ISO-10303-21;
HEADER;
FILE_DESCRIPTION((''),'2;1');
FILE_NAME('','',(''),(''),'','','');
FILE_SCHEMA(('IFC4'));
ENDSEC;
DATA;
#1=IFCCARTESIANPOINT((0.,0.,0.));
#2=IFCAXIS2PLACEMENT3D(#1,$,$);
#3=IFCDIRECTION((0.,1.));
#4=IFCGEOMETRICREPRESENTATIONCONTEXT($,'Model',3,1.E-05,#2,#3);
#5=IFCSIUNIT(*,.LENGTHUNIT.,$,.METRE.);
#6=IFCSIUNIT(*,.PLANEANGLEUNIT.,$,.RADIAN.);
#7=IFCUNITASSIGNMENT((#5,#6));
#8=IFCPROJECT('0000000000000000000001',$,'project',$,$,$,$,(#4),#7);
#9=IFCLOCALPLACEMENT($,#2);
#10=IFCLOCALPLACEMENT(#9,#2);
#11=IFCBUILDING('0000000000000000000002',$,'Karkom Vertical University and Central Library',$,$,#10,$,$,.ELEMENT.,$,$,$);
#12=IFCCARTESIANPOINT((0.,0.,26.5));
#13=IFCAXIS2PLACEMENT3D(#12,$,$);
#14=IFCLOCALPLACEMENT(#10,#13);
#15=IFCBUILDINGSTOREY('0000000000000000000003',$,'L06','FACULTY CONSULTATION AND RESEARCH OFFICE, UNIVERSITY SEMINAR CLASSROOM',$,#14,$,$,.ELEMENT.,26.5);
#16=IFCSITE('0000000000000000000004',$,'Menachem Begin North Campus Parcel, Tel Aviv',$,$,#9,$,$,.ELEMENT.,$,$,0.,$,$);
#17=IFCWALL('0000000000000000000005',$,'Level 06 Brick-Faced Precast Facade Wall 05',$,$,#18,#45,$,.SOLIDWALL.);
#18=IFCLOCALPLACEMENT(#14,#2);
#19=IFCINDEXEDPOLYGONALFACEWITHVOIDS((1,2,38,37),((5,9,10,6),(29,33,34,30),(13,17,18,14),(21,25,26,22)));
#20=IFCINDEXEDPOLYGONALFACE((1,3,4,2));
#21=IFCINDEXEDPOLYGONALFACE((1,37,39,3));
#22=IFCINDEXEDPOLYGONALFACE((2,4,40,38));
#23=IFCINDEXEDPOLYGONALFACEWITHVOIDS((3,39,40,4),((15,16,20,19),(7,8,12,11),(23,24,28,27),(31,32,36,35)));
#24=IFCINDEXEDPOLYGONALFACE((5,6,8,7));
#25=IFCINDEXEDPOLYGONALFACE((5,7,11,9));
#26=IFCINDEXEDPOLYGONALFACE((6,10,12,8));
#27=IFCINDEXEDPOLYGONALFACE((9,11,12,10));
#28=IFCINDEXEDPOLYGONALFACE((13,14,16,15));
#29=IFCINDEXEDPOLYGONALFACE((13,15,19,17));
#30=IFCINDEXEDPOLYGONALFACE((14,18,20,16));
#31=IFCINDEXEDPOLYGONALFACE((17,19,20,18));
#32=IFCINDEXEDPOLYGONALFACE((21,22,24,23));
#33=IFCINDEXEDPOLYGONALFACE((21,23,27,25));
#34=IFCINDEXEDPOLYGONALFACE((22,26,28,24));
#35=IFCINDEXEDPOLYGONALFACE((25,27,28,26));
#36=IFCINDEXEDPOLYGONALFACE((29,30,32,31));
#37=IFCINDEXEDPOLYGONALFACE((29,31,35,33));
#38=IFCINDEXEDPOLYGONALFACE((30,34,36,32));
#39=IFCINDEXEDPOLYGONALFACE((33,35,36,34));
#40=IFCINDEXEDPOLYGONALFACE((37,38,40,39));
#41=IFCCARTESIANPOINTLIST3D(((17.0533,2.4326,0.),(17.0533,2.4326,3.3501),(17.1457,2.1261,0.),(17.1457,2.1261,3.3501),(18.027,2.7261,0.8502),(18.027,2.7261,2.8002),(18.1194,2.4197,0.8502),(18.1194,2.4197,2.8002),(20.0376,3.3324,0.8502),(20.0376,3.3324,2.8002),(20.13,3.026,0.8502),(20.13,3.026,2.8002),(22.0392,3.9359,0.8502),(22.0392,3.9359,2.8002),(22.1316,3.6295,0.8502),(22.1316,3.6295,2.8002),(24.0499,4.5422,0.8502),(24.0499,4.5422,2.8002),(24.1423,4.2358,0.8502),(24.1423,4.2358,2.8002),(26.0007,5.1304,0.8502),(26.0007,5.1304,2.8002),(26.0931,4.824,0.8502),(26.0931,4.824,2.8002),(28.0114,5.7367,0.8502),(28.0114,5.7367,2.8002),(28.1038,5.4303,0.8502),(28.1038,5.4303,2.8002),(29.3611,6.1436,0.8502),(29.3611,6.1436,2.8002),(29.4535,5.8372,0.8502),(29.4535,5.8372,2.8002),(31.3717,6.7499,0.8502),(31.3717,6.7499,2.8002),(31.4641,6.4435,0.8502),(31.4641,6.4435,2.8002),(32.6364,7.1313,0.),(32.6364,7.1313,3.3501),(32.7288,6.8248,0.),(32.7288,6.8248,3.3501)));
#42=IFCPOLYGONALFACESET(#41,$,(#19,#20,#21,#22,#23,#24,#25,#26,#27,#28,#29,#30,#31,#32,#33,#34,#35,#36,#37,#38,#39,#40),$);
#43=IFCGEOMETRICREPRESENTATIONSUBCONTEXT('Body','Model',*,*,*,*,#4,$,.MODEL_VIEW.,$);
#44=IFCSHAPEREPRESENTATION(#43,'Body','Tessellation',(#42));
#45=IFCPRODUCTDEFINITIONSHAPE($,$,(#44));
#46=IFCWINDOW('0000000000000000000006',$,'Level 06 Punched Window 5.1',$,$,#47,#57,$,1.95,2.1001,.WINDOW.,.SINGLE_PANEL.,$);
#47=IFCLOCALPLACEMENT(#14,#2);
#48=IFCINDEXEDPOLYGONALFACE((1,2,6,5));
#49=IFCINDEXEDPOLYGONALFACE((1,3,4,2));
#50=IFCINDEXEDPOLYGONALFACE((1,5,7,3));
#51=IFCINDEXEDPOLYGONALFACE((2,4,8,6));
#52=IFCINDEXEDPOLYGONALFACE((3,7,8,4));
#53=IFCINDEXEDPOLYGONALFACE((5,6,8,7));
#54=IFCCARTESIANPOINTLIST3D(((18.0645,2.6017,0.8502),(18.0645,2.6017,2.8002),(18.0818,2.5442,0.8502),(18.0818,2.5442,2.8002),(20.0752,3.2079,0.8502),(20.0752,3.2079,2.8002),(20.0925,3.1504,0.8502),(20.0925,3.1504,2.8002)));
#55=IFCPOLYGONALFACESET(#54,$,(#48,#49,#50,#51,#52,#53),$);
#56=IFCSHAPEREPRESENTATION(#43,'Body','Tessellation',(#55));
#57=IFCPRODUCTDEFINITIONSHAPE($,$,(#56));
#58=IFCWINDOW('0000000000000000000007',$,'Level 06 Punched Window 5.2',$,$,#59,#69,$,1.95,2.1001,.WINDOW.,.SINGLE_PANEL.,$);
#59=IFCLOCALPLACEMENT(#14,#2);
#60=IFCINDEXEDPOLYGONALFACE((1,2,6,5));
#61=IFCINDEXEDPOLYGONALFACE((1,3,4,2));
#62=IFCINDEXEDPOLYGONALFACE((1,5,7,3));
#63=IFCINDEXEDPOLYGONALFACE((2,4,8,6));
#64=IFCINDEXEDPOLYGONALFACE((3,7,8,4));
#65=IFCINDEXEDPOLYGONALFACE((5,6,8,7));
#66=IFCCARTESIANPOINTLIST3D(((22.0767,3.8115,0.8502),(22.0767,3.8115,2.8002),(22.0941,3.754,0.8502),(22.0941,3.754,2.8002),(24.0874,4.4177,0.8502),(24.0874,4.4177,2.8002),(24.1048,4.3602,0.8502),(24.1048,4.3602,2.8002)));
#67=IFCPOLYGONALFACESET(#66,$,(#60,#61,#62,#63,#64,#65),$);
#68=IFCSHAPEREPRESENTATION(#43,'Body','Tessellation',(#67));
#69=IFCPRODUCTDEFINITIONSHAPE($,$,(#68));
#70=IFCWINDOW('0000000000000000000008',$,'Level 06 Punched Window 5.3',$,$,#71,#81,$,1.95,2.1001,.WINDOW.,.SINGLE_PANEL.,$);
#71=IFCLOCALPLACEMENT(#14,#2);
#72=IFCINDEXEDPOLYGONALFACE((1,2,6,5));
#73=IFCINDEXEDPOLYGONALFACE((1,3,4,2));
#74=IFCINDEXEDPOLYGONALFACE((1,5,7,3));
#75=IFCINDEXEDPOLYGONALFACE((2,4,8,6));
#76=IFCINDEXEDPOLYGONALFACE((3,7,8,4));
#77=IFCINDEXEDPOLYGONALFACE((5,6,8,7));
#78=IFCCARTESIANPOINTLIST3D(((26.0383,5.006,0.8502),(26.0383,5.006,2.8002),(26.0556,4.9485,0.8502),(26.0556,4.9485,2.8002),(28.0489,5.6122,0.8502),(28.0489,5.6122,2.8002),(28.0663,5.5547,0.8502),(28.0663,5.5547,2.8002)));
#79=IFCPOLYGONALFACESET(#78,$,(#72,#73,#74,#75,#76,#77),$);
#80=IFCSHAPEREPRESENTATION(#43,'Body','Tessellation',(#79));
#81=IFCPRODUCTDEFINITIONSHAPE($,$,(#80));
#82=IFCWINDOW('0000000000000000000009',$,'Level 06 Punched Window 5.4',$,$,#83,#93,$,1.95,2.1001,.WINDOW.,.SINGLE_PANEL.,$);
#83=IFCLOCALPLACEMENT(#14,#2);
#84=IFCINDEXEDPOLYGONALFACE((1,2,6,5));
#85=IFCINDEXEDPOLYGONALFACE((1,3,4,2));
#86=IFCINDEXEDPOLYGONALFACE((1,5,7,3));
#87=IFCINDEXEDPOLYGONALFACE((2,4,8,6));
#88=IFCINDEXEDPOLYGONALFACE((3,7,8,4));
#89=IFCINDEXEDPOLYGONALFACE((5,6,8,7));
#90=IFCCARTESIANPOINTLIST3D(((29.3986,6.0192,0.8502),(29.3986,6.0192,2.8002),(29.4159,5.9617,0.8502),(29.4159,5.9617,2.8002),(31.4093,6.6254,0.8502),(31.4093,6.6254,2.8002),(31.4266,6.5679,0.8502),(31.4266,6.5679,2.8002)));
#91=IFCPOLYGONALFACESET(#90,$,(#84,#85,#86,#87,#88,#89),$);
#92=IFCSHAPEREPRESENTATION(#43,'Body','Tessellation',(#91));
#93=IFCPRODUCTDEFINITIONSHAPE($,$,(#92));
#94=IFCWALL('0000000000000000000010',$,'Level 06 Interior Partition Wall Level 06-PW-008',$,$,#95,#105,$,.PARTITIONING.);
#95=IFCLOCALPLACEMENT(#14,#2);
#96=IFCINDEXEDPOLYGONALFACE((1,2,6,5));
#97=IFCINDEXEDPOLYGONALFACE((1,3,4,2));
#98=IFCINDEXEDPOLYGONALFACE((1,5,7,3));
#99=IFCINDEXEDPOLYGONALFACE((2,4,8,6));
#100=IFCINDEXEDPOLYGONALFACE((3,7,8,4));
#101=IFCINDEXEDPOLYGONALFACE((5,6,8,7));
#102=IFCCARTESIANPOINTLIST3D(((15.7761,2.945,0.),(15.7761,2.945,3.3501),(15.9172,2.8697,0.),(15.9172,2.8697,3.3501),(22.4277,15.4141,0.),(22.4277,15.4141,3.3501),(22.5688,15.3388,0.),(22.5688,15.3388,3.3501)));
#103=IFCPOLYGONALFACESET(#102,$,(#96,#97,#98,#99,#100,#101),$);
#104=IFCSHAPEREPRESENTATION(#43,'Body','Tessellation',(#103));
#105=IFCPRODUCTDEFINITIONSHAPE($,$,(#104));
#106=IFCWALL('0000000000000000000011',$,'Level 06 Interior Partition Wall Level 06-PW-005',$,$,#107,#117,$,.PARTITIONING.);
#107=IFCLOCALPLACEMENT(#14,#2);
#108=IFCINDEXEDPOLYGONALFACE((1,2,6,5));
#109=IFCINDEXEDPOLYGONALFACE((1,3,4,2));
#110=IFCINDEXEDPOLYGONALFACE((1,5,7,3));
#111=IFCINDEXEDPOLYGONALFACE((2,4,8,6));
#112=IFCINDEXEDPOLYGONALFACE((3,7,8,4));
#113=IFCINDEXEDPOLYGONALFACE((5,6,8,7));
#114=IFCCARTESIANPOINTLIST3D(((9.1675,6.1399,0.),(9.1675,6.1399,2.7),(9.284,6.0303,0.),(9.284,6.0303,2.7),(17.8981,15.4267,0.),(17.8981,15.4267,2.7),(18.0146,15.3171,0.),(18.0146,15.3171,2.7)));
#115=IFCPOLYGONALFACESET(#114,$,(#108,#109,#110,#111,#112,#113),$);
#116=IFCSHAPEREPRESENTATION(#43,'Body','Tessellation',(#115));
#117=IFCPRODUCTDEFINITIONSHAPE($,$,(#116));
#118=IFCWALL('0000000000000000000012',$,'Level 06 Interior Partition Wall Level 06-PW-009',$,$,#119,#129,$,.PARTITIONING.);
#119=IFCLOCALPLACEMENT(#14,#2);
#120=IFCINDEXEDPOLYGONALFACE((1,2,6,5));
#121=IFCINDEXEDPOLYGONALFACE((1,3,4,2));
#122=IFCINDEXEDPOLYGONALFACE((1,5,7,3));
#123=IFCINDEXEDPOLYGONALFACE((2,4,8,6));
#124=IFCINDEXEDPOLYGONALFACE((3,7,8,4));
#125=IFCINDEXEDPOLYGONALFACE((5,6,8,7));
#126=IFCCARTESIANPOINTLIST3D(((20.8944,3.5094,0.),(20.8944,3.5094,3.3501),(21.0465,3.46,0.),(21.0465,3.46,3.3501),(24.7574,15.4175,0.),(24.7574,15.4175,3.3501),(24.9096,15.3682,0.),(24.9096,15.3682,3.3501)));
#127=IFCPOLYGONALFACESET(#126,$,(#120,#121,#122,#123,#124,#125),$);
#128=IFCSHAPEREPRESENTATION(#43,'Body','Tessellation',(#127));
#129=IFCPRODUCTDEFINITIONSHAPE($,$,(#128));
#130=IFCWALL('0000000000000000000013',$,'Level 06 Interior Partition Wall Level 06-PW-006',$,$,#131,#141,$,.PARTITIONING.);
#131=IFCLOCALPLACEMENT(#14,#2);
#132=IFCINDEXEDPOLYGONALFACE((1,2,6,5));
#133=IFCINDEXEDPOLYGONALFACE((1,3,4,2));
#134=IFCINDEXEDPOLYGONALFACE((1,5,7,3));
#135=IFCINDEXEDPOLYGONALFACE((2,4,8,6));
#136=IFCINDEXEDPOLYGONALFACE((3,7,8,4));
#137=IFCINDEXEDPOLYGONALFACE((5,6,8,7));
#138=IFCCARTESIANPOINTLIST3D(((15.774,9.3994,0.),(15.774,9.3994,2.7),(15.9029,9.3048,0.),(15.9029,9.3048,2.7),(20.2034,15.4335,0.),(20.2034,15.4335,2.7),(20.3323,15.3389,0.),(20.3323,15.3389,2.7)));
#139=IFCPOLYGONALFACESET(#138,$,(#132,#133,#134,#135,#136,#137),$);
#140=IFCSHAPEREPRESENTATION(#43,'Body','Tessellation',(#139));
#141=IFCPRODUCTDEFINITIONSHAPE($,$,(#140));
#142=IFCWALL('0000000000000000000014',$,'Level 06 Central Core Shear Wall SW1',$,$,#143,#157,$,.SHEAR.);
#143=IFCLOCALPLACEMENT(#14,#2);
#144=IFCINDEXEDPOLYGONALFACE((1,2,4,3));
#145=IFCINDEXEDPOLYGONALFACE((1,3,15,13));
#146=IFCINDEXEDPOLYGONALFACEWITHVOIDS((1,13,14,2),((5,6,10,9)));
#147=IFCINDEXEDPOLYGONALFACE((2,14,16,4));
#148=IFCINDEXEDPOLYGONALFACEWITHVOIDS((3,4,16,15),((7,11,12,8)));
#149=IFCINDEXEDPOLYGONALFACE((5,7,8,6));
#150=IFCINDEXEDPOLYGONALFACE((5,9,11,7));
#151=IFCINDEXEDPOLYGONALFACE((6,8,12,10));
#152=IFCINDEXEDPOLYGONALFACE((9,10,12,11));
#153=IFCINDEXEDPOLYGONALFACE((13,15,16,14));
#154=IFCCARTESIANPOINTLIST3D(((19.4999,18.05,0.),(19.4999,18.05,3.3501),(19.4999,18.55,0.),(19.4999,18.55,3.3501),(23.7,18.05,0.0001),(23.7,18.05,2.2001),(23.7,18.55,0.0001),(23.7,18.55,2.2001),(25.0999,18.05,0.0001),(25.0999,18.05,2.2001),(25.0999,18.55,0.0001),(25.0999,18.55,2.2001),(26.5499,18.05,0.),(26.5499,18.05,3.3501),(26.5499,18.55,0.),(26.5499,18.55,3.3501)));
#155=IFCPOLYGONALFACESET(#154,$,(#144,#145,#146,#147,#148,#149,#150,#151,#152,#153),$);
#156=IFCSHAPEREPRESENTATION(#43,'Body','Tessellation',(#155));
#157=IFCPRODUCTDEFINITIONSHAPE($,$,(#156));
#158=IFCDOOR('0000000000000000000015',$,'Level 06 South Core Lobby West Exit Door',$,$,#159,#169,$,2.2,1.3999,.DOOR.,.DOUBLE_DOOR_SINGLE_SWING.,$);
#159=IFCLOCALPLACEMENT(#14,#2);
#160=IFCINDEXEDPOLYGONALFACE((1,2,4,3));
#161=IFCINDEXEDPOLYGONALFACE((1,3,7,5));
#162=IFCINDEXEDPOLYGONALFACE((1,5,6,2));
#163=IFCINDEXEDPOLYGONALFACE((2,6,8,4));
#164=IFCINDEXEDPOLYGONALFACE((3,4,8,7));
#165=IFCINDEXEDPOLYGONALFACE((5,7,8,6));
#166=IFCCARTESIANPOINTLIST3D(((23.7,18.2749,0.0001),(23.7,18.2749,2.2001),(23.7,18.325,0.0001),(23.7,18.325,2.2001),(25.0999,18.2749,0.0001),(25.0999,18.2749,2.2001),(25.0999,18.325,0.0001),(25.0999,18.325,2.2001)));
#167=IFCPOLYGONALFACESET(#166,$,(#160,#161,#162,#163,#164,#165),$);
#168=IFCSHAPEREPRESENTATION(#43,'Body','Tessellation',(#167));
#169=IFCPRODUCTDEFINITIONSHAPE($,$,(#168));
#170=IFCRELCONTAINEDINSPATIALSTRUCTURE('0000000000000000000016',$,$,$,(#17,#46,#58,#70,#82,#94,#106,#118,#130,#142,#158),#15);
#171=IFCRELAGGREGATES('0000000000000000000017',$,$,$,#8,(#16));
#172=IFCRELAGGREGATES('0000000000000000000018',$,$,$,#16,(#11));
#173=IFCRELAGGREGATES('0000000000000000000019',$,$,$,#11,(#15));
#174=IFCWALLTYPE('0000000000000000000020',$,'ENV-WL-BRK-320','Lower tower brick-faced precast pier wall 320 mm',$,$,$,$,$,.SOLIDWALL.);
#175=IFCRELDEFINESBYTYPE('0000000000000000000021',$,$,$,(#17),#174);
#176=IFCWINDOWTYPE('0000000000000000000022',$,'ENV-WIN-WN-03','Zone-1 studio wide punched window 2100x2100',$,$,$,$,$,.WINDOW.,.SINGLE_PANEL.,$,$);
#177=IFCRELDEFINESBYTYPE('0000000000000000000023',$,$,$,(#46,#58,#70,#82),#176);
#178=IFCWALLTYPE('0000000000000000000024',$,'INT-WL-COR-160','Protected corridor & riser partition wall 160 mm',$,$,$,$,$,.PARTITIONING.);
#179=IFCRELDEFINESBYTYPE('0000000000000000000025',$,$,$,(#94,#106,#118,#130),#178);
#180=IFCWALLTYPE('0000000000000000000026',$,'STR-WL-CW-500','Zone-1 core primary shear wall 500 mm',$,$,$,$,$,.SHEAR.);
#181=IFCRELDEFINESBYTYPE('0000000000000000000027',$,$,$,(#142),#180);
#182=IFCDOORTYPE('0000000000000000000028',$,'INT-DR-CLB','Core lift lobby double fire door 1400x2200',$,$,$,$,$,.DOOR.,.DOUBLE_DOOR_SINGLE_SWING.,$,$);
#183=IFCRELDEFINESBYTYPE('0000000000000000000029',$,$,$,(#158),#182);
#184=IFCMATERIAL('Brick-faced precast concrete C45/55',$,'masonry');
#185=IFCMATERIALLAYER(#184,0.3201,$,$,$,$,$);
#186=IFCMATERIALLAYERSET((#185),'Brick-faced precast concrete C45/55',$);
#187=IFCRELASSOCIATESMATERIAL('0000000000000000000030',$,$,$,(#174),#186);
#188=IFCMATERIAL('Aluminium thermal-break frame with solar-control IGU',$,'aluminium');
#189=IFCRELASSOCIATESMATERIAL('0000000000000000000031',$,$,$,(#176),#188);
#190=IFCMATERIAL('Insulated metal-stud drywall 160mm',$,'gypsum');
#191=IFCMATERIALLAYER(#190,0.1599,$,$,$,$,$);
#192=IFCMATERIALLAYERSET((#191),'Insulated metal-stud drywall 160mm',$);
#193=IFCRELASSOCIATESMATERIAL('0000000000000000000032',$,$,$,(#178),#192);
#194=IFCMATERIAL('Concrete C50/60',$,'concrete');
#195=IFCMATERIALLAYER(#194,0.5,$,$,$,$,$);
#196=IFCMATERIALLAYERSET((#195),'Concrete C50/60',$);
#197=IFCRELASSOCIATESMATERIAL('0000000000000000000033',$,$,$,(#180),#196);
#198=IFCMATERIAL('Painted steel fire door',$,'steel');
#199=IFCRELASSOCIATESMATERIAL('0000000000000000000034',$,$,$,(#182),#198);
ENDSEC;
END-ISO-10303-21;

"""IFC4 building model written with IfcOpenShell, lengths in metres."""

from ifc_helpers import new_model, si_unit, direction, frame, frame_2d, origin, origin_with_axes, place, context, subcontext, project, spatial, rectangle, extrude, source, transform, mapped, material, layer, layer_set, type_object, element, fill, save


model = new_model("IFC4")

# Units and contexts
model_context = context("Model", 3, precision=1e-05, world=origin(), true_north=direction((0.0, 1.0)))
body_context = subcontext(model_context, "Body", "Model", "MODEL_VIEW")
ifc_project = project(units=[si_unit("LENGTHUNIT", "METRE"), si_unit("PLANEANGLEUNIT", "RADIAN")], contexts=[model_context])

# Site, building, storey
site_placement = place(None, origin())
site = spatial("IfcSite", under=ifc_project, at=site_placement, Name="Menachem Begin North Campus Parcel, Tel Aviv", CompositionType="ELEMENT", RefElevation=0.0)
building_placement = place(site_placement, origin())
building = spatial("IfcBuilding", under=site, at=building_placement, Name="Karkom Vertical University and Central Library", CompositionType="ELEMENT")
storey_placement = place(building_placement, frame((0.0, 0.0, 26.5)))
storey = spatial("IfcBuildingStorey", under=building, at=storey_placement, Name="L06", Description="FACULTY CONSULTATION AND RESEARCH OFFICE, UNIVERSITY SEMINAR CLASSROOM", CompositionType="ELEMENT", Elevation=26.5)

# Shared definitions
ifc_material_1 = material(Name="Concrete C50/60", Category="concrete")

# Wall, openings, windows
ifc_material_2 = material(Name="Brick-faced precast concrete C45/55", Category="masonry")
ifc_layer_1 = layer(ifc_material_2, 0.3201)
ifc_layer_set_1 = layer_set([ifc_layer_1], Name="Brick-faced precast concrete C45/55")
wall_type_1 = type_object("IfcWallType", Name="ENV-WL-BRK-320", Description="Lower tower brick-faced precast pier wall 320 mm", PredefinedType="SOLIDWALL", material=ifc_layer_set_1)
wall_1_placement = place(storey_placement, frame((17.0994, 2.2793, 0.0), z_axis=(0.0, 0.0, 1.0), x_axis=(0.957424, 0.288687, 0.0)))
wall_1 = element("IfcWall", 1, at=wall_1_placement, inside=storey, type_object=wall_type_1, Name="Level 06 Brick-Faced Precast Facade Wall 05", PredefinedType="SOLIDWALL", context=body_context, shape_type="SweptSolid", body=[
    extrude(rectangle(XDim=16.2761, YDim=0.3201, at=frame_2d((8.1382, 0.0))), origin(), (0.0, 0.0, 1.0), 3.3501),
])
opening_1_placement = place(wall_1_placement, frame((1.0171, 0.0, 0.8501)))
opening_1 = element("IfcOpeningElement", 2, at=opening_1_placement, cuts=wall_1, PredefinedType="OPENING", context=body_context, shape_type="SweptSolid", body=[
    extrude(rectangle(XDim=2.1001, YDim=1.95, at=frame_2d((1.05, 0.9751))), frame((0.0, 0.1699, 0.0), z_axis=(0.0, -1.0, 0.0), x_axis=(1.0, 0.0, 0.0)), (0.0, 0.0, 1.0), 0.3401),
])
opening_2_placement = place(wall_1_placement, frame((5.2078, 0.0, 0.8501)))
opening_2 = element("IfcOpeningElement", 3, at=opening_2_placement, cuts=wall_1, PredefinedType="OPENING", context=body_context, shape_type="SweptSolid", body=[
    extrude(rectangle(XDim=2.1001, YDim=1.95, at=frame_2d((1.05, 0.9751))), frame((0.0, 0.1699, 0.0), z_axis=(0.0, -1.0, 0.0), x_axis=(1.0, 0.0, 0.0)), (0.0, 0.0, 1.0), 0.3401),
])
opening_3_placement = place(wall_1_placement, frame((9.3455, 0.0, 0.8501)))
opening_3 = element("IfcOpeningElement", 4, at=opening_3_placement, cuts=wall_1, PredefinedType="OPENING", context=body_context, shape_type="SweptSolid", body=[
    extrude(rectangle(XDim=2.1001, YDim=1.95, at=frame_2d((1.05, 0.9751))), frame((0.0, 0.1699, 0.0), z_axis=(0.0, -1.0, 0.0), x_axis=(1.0, 0.0, 0.0)), (0.0, 0.0, 1.0), 0.3401),
])
opening_4_placement = place(wall_1_placement, frame((12.8552, 0.0, 0.8501)))
opening_4 = element("IfcOpeningElement", 5, at=opening_4_placement, cuts=wall_1, PredefinedType="OPENING", context=body_context, shape_type="SweptSolid", body=[
    extrude(rectangle(XDim=2.1001, YDim=1.95, at=frame_2d((1.05, 0.9751))), frame((0.0, 0.1699, 0.0), z_axis=(0.0, -1.0, 0.0), x_axis=(1.0, 0.0, 0.0)), (0.0, 0.0, 1.0), 0.3401),
])
ifc_material_3 = material(Name="Aluminium thermal-break frame with solar-control IGU", Category="aluminium")
window_type = type_object("IfcWindowType", Name="ENV-WIN-WN-03", Description="Zone-1 studio wide punched window 2100x2100", PartitioningType="SINGLE_PANEL", PredefinedType="WINDOW", material=ifc_material_3)
shared_shape_1 = source(origin_with_axes(), body_context, "Body", "SweptSolid", [
    extrude(rectangle(XDim=2.1001, YDim=1.95, at=frame_2d((1.05, 0.9751))), frame((0.0, 0.03, 0.0), z_axis=(0.0, -1.0, 0.0), x_axis=(1.0, 0.0, 0.0)), (0.0, 0.0, 1.0), 0.0601),
])
window_1_placement = place(opening_1_placement, origin())
window_1 = element("IfcWindow", 6, at=window_1_placement, inside=storey, type_object=window_type, Name="Level 06 Punched Window 5.1", OverallHeight=1.95, OverallWidth=2.1001, PartitioningType="SINGLE_PANEL", PredefinedType="WINDOW", context=body_context, shape_type="MappedRepresentation", body=[
    mapped(shared_shape_1, transform((0.0, 0.0, 0.0), scale=1.0)),
])
fill(opening_1, window_1)
window_2_placement = place(opening_2_placement, origin())
window_2 = element("IfcWindow", 7, at=window_2_placement, inside=storey, type_object=window_type, Name="Level 06 Punched Window 5.2", OverallHeight=1.95, OverallWidth=2.1001, PartitioningType="SINGLE_PANEL", PredefinedType="WINDOW", context=body_context, shape_type="MappedRepresentation", body=[
    mapped(shared_shape_1, transform((0.0, 0.0, 0.0), scale=1.0)),
])
fill(opening_2, window_2)
window_3_placement = place(opening_3_placement, origin())
window_3 = element("IfcWindow", 8, at=window_3_placement, inside=storey, type_object=window_type, Name="Level 06 Punched Window 5.3", OverallHeight=1.95, OverallWidth=2.1001, PartitioningType="SINGLE_PANEL", PredefinedType="WINDOW", context=body_context, shape_type="MappedRepresentation", body=[
    mapped(shared_shape_1, transform((0.0, 0.0, 0.0), scale=1.0)),
])
fill(opening_3, window_3)
window_4_placement = place(opening_4_placement, origin())
window_4 = element("IfcWindow", 9, at=window_4_placement, inside=storey, type_object=window_type, Name="Level 06 Punched Window 5.4", OverallHeight=1.95, OverallWidth=2.1001, PartitioningType="SINGLE_PANEL", PredefinedType="WINDOW", context=body_context, shape_type="MappedRepresentation", body=[
    mapped(shared_shape_1, transform((0.0, 0.0, 0.0), scale=1.0)),
])
fill(opening_4, window_4)

# Walls
ifc_material_4 = material(Name="Insulated metal-stud drywall 160mm", Category="gypsum")
ifc_layer_2 = layer(ifc_material_4, 0.1599)
ifc_layer_set_2 = layer_set([ifc_layer_2], Name="Insulated metal-stud drywall 160mm")
wall_type_2 = type_object("IfcWallType", Name="INT-WL-COR-160", Description="Protected corridor & riser partition wall 160 mm", PredefinedType="PARTITIONING", material=ifc_layer_set_2)
wall_2_placement = place(storey_placement, frame((22.4983, 15.3765, 0.0), z_axis=(0.0, 0.0, 1.0), x_axis=(-0.47067, -0.882309, 0.0)))
element("IfcWall", 10, at=wall_2_placement, inside=storey, type_object=wall_type_2, Name="Level 06 Interior Partition Wall Level 06-PW-008", PredefinedType="PARTITIONING", context=body_context, shape_type="SweptSolid", body=[
    extrude(rectangle(XDim=14.1323, YDim=0.1599, at=frame_2d((7.0662, 0.0))), origin(), (0.0, 0.0, 1.0), 3.3501),
])
wall_3_placement = place(storey_placement, frame((17.9563, 15.3718, 0.0), z_axis=(0.0, 0.0, 1.0), x_axis=(-0.684954, -0.728586, 0.0)))
element("IfcWall", 11, at=wall_3_placement, inside=storey, type_object=wall_type_2, Name="Level 06 Interior Partition Wall Level 06-PW-005", PredefinedType="PARTITIONING", context=body_context, shape_type="SweptSolid", body=[
    extrude(rectangle(XDim=12.7463, YDim=0.1599, at=frame_2d((6.373, 0.0))), origin(), (0.0, 0.0, 1.0), 2.7),
])
wall_4_placement = place(storey_placement, frame((24.8335, 15.3928, 0.0), z_axis=(0.0, 0.0, 1.0), x_axis=(-0.308571, -0.951201, 0.0)))
element("IfcWall", 12, at=wall_4_placement, inside=storey, type_object=wall_type_2, Name="Level 06 Interior Partition Wall Level 06-PW-009", PredefinedType="PARTITIONING", context=body_context, shape_type="SweptSolid", body=[
    extrude(rectangle(XDim=12.519, YDim=0.1599, at=frame_2d((6.2595, 0.0))), origin(), (0.0, 0.0, 1.0), 3.3501),
])
wall_5_placement = place(storey_placement, frame((20.2678, 15.3862, 0.0), z_axis=(0.0, 0.0, 1.0), x_axis=(-0.591744, -0.806126, 0.0)))
element("IfcWall", 13, at=wall_5_placement, inside=storey, type_object=wall_type_2, Name="Level 06 Interior Partition Wall Level 06-PW-006", PredefinedType="PARTITIONING", context=body_context, shape_type="SweptSolid", body=[
    extrude(rectangle(XDim=7.4854, YDim=0.1599, at=frame_2d((3.7427, 0.0))), origin(), (0.0, 0.0, 1.0), 2.7),
])

# Wall, opening, door
ifc_layer_3 = layer(ifc_material_1, 0.5)
ifc_layer_set_3 = layer_set([ifc_layer_3], Name="Concrete C50/60")
wall_type_3 = type_object("IfcWallType", Name="STR-WL-CW-500", Description="Zone-1 core primary shear wall 500 mm", PredefinedType="SHEAR", material=ifc_layer_set_3)
wall_6_placement = place(storey_placement, frame((19.5, 18.3, 0.0), z_axis=(0.0, 0.0, 1.0), x_axis=(1.0, 0.0, 0.0)))
wall_6 = element("IfcWall", 14, at=wall_6_placement, inside=storey, type_object=wall_type_3, Name="Level 06 Central Core Shear Wall SW1", PredefinedType="SHEAR", context=body_context, shape_type="SweptSolid", body=[
    extrude(rectangle(XDim=7.05, YDim=0.5, at=frame_2d((3.5249, 0.0))), origin(), (0.0, 0.0, 1.0), 3.3501),
])
opening_5_placement = place(wall_6_placement, frame((4.2, 0.0, 0.0)))
opening_5 = element("IfcOpeningElement", 15, at=opening_5_placement, cuts=wall_6, PredefinedType="OPENING", context=body_context, shape_type="SweptSolid", body=[
    extrude(rectangle(XDim=1.3999, YDim=2.2, at=frame_2d((0.7, 1.1001))), frame((0.0, 0.26, 0.0), z_axis=(0.0, -1.0, 0.0), x_axis=(1.0, 0.0, 0.0)), (0.0, 0.0, 1.0), 0.52),
])
ifc_material_5 = material(Name="Painted steel fire door", Category="steel")
door_type = type_object("IfcDoorType", Name="INT-DR-CLB", Description="Core lift lobby double fire door 1400x2200", OperationType="DOUBLE_DOOR_SINGLE_SWING", PredefinedType="DOOR", material=ifc_material_5)
shared_shape_2 = source(origin_with_axes(), body_context, "Body", "SweptSolid", [
    extrude(rectangle(XDim=1.3999, YDim=2.2, at=frame_2d((0.7, 1.1001))), frame((0.0, 0.0249, 0.0), z_axis=(0.0, -1.0, 0.0), x_axis=(1.0, 0.0, 0.0)), (0.0, 0.0, 1.0), 0.05),
])
door_1_placement = place(opening_5_placement, origin())
door_1 = element("IfcDoor", 16, at=door_1_placement, inside=storey, type_object=door_type, Name="Level 06 South Core Lobby West Exit Door", OperationType="DOUBLE_DOOR_SINGLE_SWING", OverallHeight=2.2, OverallWidth=1.3999, PredefinedType="DOOR", context=body_context, shape_type="MappedRepresentation", body=[
    mapped(shared_shape_2, transform((0.0, 0.0, 0.0), scale=1.0)),
])
fill(opening_5, door_1)

save(model, "model.ifc")
